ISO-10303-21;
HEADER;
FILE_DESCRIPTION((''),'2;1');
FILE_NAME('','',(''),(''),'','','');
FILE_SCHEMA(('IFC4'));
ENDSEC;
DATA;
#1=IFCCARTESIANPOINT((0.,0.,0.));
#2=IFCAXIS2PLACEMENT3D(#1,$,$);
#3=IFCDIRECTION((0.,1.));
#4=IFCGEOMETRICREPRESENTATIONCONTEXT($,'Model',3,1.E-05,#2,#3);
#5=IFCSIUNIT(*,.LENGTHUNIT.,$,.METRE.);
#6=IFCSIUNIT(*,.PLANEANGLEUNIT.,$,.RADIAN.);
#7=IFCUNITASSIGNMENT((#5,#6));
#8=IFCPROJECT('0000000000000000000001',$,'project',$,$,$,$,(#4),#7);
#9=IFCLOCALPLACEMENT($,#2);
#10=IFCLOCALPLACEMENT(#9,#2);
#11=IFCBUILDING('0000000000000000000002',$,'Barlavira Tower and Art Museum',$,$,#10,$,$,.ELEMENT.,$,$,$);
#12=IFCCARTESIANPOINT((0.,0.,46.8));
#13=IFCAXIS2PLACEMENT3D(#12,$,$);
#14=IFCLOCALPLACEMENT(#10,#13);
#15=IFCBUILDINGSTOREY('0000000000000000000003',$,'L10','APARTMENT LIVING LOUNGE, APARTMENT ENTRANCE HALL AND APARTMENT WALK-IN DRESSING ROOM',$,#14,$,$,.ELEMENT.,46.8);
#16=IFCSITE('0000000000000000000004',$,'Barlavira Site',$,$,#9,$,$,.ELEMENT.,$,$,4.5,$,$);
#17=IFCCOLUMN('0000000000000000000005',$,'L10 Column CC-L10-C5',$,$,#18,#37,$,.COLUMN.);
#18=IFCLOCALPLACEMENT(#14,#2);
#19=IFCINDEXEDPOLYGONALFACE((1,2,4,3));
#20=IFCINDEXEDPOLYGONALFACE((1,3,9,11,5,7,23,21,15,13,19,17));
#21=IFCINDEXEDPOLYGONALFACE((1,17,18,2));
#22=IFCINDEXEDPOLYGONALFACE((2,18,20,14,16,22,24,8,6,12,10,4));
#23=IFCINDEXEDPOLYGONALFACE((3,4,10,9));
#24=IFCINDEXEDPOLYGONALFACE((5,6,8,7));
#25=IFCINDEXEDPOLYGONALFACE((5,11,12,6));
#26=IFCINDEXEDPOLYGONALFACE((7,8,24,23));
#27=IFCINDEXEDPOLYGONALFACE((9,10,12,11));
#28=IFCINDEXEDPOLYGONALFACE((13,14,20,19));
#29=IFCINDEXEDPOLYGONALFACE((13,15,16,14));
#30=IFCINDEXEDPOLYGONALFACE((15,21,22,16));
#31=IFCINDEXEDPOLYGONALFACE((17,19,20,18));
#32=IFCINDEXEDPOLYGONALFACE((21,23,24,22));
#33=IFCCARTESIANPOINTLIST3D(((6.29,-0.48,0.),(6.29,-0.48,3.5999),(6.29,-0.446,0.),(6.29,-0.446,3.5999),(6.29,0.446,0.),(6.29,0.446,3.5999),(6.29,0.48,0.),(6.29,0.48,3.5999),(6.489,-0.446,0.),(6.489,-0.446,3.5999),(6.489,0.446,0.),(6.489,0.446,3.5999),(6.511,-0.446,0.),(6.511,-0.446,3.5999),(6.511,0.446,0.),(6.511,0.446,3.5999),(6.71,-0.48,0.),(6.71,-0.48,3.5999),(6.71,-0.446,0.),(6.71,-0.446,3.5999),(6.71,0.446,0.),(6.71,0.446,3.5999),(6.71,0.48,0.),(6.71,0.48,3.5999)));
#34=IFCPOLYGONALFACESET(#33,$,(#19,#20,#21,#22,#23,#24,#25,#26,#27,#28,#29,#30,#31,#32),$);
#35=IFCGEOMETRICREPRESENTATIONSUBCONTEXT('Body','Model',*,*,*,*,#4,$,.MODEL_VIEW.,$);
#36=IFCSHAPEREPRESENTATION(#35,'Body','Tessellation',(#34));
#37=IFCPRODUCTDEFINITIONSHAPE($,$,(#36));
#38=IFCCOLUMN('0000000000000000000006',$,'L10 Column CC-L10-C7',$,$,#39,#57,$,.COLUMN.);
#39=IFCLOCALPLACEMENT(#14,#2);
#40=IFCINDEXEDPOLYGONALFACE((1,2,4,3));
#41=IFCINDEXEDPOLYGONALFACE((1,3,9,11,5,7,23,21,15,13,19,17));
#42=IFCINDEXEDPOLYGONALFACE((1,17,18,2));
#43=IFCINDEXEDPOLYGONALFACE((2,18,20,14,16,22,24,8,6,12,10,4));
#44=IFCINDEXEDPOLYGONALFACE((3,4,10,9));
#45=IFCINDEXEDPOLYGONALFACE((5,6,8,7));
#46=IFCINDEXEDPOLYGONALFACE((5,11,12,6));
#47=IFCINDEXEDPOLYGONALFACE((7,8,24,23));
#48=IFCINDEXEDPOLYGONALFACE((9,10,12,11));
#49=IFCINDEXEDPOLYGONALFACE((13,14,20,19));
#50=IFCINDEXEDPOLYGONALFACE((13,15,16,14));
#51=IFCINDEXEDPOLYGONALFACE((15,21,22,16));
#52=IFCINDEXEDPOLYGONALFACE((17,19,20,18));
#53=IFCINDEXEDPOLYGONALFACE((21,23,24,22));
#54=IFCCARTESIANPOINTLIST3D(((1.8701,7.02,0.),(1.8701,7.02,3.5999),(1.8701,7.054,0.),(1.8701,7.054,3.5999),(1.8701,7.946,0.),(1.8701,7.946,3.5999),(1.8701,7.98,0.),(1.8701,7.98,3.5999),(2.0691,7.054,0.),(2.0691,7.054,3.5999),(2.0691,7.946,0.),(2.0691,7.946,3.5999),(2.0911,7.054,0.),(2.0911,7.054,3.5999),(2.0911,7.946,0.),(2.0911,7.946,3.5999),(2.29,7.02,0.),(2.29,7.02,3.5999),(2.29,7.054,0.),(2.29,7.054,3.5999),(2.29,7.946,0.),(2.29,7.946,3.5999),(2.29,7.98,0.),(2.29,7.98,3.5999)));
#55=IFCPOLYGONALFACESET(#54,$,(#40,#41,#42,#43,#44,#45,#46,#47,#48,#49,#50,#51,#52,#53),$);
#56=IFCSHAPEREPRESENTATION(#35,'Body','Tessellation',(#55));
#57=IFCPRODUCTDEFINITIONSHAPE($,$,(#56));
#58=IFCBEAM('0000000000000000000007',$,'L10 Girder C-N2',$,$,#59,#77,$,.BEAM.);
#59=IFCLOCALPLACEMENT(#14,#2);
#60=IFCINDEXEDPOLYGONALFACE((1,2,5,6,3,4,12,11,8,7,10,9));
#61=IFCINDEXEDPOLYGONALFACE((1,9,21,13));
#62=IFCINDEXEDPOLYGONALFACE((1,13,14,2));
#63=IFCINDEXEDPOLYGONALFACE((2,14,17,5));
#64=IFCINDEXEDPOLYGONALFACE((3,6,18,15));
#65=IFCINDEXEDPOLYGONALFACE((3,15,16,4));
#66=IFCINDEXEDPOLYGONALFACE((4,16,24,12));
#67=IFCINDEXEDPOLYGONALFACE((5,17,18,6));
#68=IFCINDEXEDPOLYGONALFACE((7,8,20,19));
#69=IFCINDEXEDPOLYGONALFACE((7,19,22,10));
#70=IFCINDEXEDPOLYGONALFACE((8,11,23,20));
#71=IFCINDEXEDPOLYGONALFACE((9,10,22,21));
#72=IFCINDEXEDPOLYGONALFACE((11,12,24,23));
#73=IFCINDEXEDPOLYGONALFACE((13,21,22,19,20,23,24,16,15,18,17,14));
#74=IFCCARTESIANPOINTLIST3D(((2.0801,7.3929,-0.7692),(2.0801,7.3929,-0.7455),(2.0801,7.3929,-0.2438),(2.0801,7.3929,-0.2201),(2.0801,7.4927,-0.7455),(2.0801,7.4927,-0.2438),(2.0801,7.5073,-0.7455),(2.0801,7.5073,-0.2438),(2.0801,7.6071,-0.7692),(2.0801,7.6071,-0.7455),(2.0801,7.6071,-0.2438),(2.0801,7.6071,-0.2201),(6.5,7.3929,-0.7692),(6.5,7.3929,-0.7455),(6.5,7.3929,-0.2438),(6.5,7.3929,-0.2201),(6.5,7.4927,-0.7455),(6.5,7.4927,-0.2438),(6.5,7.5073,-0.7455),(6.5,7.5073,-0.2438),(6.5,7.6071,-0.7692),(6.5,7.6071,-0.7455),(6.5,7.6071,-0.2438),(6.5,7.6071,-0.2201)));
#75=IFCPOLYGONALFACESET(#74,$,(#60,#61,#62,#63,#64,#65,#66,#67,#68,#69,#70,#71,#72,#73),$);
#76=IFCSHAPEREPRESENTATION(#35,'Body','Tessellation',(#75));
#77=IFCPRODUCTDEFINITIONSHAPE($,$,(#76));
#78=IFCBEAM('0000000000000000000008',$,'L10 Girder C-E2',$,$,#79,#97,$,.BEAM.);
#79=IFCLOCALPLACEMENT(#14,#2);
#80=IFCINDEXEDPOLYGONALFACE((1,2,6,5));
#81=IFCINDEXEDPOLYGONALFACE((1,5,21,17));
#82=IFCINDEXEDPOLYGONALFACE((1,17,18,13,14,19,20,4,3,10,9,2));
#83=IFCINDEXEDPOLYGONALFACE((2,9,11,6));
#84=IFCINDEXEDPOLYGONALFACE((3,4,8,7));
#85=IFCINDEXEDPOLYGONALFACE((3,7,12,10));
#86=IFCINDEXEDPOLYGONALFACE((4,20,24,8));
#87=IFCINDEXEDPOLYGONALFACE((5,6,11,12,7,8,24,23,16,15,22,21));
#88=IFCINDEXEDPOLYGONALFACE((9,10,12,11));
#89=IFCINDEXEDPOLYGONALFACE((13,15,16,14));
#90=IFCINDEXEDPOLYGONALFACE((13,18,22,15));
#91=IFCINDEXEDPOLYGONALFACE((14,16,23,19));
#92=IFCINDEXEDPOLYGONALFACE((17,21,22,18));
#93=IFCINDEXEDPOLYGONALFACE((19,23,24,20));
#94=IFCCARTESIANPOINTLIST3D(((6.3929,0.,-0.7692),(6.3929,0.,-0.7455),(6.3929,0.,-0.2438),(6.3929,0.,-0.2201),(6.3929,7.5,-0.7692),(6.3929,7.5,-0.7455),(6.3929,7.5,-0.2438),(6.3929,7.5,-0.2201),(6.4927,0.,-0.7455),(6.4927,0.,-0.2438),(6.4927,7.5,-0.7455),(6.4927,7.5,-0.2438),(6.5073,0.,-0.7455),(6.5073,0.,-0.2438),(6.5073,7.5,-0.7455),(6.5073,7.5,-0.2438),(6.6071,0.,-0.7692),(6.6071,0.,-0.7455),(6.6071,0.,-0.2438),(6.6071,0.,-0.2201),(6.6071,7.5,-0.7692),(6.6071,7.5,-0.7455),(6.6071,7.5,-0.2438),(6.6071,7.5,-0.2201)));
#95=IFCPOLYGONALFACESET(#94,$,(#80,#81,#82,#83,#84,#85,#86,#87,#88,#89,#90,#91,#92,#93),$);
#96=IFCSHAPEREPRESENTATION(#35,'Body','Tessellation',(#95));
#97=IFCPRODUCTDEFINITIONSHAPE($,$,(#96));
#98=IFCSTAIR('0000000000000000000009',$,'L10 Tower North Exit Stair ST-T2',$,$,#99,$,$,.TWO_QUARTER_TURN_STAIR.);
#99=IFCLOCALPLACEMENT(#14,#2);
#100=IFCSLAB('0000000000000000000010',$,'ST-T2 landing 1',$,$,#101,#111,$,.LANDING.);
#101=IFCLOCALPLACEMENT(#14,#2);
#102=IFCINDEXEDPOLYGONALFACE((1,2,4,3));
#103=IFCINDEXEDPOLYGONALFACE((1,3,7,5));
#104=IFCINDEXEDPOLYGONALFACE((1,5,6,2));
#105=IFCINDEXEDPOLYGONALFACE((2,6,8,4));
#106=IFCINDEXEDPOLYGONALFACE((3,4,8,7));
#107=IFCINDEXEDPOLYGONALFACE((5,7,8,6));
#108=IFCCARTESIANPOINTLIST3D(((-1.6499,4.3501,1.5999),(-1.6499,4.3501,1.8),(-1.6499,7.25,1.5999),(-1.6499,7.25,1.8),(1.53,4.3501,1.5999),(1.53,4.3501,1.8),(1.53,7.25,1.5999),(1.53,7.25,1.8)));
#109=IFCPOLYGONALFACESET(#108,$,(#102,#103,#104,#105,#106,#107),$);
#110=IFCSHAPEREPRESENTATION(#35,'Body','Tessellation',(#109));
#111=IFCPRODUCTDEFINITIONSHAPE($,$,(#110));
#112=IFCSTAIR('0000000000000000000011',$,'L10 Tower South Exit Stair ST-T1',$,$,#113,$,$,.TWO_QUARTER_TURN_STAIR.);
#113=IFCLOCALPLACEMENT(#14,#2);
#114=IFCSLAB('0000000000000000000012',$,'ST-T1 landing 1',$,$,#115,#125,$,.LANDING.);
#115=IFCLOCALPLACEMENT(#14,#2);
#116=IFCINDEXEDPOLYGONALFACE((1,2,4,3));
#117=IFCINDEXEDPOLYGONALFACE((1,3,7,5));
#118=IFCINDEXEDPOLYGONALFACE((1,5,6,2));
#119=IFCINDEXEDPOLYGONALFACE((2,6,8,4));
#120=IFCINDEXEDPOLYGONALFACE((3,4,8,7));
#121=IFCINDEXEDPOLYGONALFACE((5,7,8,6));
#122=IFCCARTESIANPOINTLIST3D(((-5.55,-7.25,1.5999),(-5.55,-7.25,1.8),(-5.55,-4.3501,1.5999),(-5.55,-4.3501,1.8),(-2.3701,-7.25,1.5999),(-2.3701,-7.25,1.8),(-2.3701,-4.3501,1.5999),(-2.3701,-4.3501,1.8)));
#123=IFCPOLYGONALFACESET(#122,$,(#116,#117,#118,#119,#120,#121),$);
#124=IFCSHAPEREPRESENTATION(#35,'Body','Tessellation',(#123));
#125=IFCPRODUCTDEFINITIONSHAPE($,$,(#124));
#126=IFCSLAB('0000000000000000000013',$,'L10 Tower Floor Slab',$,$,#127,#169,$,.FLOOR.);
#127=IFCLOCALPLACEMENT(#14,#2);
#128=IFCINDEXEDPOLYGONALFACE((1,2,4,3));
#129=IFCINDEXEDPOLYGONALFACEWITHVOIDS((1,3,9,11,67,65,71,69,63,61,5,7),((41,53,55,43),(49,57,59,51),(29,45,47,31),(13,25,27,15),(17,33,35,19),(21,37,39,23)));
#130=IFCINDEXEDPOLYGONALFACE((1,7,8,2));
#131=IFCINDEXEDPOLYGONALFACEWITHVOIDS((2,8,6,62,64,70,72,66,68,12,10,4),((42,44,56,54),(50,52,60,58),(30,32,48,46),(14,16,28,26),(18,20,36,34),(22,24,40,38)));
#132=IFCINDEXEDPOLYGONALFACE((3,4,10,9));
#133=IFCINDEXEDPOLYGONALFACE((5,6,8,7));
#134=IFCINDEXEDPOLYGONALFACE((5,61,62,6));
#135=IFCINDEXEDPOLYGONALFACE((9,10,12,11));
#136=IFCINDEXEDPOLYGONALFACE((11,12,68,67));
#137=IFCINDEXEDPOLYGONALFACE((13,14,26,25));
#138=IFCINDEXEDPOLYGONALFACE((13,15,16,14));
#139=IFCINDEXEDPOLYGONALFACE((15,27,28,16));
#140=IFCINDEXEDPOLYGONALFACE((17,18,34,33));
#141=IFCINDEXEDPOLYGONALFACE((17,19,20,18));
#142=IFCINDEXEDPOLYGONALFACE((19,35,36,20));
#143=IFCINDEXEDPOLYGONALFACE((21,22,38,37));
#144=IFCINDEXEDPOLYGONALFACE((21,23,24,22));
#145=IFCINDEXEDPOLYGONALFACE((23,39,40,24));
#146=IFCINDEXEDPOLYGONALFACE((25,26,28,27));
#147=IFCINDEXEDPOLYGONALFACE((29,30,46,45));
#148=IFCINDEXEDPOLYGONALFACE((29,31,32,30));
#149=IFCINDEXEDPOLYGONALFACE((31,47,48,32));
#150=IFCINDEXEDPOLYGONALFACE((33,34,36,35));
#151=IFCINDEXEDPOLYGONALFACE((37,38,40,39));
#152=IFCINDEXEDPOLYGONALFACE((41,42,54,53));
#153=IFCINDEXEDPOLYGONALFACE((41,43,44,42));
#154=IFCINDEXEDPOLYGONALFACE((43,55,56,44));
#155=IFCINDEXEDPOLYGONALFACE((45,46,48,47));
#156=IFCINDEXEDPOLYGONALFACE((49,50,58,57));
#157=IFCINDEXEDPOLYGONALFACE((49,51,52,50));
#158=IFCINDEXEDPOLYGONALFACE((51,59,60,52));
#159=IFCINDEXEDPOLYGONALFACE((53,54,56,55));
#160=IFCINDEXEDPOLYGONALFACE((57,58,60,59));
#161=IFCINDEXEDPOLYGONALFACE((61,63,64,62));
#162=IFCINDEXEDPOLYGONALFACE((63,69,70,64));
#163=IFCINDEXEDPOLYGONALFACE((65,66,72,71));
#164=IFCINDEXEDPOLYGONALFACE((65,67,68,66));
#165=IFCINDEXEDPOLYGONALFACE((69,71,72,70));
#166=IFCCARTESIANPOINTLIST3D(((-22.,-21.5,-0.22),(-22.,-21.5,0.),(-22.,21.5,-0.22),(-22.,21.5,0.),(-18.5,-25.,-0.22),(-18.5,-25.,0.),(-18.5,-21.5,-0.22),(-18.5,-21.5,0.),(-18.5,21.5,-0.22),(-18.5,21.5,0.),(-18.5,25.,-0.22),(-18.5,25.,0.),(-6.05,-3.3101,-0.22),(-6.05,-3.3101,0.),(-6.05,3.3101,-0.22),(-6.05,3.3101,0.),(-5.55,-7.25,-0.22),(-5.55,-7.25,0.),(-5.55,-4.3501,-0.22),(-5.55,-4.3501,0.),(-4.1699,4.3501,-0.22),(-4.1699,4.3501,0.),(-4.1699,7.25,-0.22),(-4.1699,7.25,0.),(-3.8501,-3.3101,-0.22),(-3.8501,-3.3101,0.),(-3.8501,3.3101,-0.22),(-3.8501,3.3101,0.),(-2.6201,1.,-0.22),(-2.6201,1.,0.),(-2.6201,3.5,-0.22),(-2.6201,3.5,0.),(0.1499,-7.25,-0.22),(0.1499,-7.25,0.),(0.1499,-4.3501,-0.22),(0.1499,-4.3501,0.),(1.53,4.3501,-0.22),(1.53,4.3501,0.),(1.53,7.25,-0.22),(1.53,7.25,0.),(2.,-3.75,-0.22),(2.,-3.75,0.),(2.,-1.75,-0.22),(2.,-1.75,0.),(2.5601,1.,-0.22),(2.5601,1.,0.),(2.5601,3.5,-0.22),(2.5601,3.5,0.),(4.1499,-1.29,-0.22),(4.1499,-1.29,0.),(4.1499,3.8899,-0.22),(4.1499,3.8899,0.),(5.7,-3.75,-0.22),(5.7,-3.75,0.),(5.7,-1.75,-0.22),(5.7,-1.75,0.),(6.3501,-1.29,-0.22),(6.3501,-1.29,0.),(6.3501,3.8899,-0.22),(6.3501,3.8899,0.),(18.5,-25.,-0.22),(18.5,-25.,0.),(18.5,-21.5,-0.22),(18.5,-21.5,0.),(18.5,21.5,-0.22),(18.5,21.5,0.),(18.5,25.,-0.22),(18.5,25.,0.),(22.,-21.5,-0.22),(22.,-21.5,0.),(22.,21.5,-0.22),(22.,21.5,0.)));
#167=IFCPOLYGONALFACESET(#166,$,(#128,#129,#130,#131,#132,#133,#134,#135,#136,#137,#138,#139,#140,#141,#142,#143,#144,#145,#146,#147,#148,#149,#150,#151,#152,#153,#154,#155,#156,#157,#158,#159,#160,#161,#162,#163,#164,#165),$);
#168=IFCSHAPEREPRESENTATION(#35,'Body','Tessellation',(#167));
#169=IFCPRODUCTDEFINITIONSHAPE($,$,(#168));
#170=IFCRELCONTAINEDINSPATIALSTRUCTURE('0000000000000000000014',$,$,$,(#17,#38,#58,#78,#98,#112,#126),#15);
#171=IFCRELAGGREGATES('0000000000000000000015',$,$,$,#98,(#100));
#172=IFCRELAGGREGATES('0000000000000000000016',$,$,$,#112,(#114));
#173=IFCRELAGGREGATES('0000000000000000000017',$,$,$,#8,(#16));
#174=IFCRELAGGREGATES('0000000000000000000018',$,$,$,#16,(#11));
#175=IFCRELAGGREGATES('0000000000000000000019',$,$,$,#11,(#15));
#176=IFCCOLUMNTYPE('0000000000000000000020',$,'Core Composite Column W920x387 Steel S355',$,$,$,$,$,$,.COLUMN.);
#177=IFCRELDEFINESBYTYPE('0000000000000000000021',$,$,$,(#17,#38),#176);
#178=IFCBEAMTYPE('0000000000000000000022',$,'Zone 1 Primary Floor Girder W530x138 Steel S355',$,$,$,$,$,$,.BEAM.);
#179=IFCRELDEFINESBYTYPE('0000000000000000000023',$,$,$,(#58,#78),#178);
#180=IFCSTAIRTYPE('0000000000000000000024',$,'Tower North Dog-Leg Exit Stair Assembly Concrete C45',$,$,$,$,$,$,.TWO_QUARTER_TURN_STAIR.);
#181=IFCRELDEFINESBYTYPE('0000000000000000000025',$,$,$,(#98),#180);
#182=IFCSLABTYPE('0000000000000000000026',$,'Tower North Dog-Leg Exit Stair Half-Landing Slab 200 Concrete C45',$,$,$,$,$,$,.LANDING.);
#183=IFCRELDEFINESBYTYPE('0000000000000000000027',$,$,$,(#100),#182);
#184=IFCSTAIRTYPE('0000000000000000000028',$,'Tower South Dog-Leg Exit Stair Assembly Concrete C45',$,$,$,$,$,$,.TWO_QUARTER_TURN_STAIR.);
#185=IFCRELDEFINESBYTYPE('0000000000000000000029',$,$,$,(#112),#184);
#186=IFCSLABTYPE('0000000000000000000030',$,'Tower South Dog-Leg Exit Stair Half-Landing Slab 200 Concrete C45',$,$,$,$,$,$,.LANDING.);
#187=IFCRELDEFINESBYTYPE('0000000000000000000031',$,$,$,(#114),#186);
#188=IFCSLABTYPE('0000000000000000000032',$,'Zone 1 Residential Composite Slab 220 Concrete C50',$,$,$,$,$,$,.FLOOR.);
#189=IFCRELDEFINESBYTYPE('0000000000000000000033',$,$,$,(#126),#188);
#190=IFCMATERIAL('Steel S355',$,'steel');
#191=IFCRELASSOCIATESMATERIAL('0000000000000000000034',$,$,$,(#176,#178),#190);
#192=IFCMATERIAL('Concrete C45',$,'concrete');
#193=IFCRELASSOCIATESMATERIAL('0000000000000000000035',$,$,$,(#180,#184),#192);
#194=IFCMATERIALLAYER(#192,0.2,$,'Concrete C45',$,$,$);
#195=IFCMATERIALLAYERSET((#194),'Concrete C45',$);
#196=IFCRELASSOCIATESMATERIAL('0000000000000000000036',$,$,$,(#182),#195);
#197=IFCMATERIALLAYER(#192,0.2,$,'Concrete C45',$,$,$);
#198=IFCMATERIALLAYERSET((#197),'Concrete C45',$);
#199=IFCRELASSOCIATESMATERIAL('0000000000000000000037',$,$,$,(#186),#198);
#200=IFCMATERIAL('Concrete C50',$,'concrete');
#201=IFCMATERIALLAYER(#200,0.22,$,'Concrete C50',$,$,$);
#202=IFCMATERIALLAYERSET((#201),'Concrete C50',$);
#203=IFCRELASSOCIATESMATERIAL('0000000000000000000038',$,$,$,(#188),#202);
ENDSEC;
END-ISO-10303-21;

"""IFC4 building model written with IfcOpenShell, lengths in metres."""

from ifc_helpers import new_model, si_unit, direction, frame, origin, origin_2d, place, context, subcontext, project, spatial, polyline, i_section, outline, extrude, material, layer, layer_set, material_profile, profile_set, type_object, element, aggregate, save


model = new_model("IFC4")

# Units and contexts
model_context = context("Model", 3, precision=1e-05, world=origin(), true_north=direction((0.0, 1.0)))
body_context = subcontext(model_context, "Body", "Model", "MODEL_VIEW")
ifc_project = project(units=[si_unit("LENGTHUNIT", "METRE"), si_unit("PLANEANGLEUNIT", "RADIAN")], contexts=[model_context])

# Site, building, storey
site_placement = place(None, origin())
site = spatial("IfcSite", under=ifc_project, at=site_placement, Name="Barlavira Site", CompositionType="ELEMENT", RefElevation=4.5)
building_placement = place(site_placement, origin())
building = spatial("IfcBuilding", under=site, at=building_placement, Name="Barlavira Tower and Art Museum", CompositionType="ELEMENT")
storey_placement = place(building_placement, frame((0.0, 0.0, 46.8)))
storey = spatial("IfcBuildingStorey", under=building, at=storey_placement, Name="L10", Description="APARTMENT LIVING LOUNGE, APARTMENT ENTRANCE HALL AND APARTMENT WALK-IN DRESSING ROOM", CompositionType="ELEMENT", Elevation=46.8)

# Columns
ifc_material_1 = material(Name="Steel S355", Category="steel")
ifc_material_profile_1 = material_profile(ifc_material_1, i_section(OverallWidth=0.4199, OverallDepth=0.96, WebThickness=0.022, FlangeThickness=0.0339, at=origin_2d()), Name="W920x387.0")
ifc_profile_set_1 = profile_set([ifc_material_profile_1], Name="Steel S355")
column_type = type_object("IfcColumnType", Name="Core Composite Column W920x387 Steel S355", PredefinedType="COLUMN", material=ifc_profile_set_1)
for number, where, z_axis, x_axis, name in (
    (1, (6.5, 0.0, 0.0), (0.0, 0.0, 1.0), (1.0, 0.0, 0.0), "L10 Column CC-L10-C5"),
    (2, (2.0801, 7.5, 0.0), (0.0, 0.0, 1.0), (1.0, 0.0, 0.0), "L10 Column CC-L10-C7"),
):
    element("IfcColumn", number, at=place(storey_placement, frame(where, z_axis=z_axis, x_axis=x_axis)), inside=storey, type_object=column_type, Name=name, PredefinedType="COLUMN", context=body_context, shape_type="SweptSolid", body=[
        extrude(i_section(OverallWidth=0.4199, OverallDepth=0.96, WebThickness=0.022, FlangeThickness=0.0339, at=origin_2d()), origin(), (0.0, 0.0, 1.0), 3.5999),
    ])

# Beams
ifc_material_profile_2 = material_profile(ifc_material_1, i_section(OverallWidth=0.2141, OverallDepth=0.5491, WebThickness=0.0146, FlangeThickness=0.0237, at=origin_2d()), Name="W530x138.0")
ifc_profile_set_2 = profile_set([ifc_material_profile_2], Name="Steel S355")
beam_type = type_object("IfcBeamType", Name="Zone 1 Primary Floor Girder W530x138 Steel S355", PredefinedType="BEAM", material=ifc_profile_set_2)
beam_1_placement = place(storey_placement, frame((2.0801, 7.5, -0.4946), z_axis=(1.0, 0.0, 0.0), x_axis=(0.0, 1.0, 0.0)))
element("IfcBeam", 3, at=beam_1_placement, inside=storey, type_object=beam_type, Name="L10 Girder C-N2", PredefinedType="BEAM", context=body_context, shape_type="SweptSolid", body=[
    extrude(i_section(OverallWidth=0.2141, OverallDepth=0.5491, WebThickness=0.0146, FlangeThickness=0.0237, at=origin_2d()), origin(), (0.0, 0.0, 1.0), 4.4199),
])
beam_2_placement = place(storey_placement, frame((6.5, 0.0, -0.4946), z_axis=(0.0, 1.0, 0.0), x_axis=(-1.0, 0.0, 0.0)))
element("IfcBeam", 4, at=beam_2_placement, inside=storey, type_object=beam_type, Name="L10 Girder C-E2", PredefinedType="BEAM", context=body_context, shape_type="SweptSolid", body=[
    extrude(i_section(OverallWidth=0.2141, OverallDepth=0.5491, WebThickness=0.0146, FlangeThickness=0.0237, at=origin_2d()), origin(), (0.0, 0.0, 1.0), 7.5),
])

# Stairs, slabs
ifc_material_2 = material(Name="Concrete C45", Category="concrete")
stair_type_1 = type_object("IfcStairType", Name="Tower North Dog-Leg Exit Stair Assembly Concrete C45", PredefinedType="TWO_QUARTER_TURN_STAIR", material=ifc_material_2)
stair_1_placement = place(storey_placement, origin())
stair_1 = element("IfcStair", 5, at=stair_1_placement, inside=storey, type_object=stair_type_1, Name="L10 Tower North Exit Stair ST-T2", PredefinedType="TWO_QUARTER_TURN_STAIR")
ifc_layer_1 = layer(ifc_material_2, 0.2, Name="Concrete C45")
ifc_layer_set_1 = layer_set([ifc_layer_1], Name="Concrete C45")
slab_type_1 = type_object("IfcSlabType", Name="Tower North Dog-Leg Exit Stair Half-Landing Slab 200 Concrete C45", PredefinedType="LANDING", material=ifc_layer_set_1)
slab_1_placement = place(storey_placement, frame((0.0, 0.0, 1.5999)))
slab_1 = element("IfcSlab", 6, at=slab_1_placement, type_object=slab_type_1, Name="ST-T2 landing 1", PredefinedType="LANDING", context=body_context, shape_type="SweptSolid", body=[
    extrude(outline(polyline([(-1.6499, 4.3501), (1.53, 4.3501), (1.53, 7.25), (-1.6499, 7.25), (-1.6499, 4.3501)])), origin(), (0.0, 0.0, 1.0), 0.2002),
])
aggregate(stair_1, [slab_1])
stair_type_2 = type_object("IfcStairType", Name="Tower South Dog-Leg Exit Stair Assembly Concrete C45", PredefinedType="TWO_QUARTER_TURN_STAIR", material=ifc_material_2)
stair_2_placement = place(storey_placement, origin())
stair_2 = element("IfcStair", 7, at=stair_2_placement, inside=storey, type_object=stair_type_2, Name="L10 Tower South Exit Stair ST-T1", PredefinedType="TWO_QUARTER_TURN_STAIR")
ifc_layer_2 = layer(ifc_material_2, 0.2, Name="Concrete C45")
ifc_layer_set_2 = layer_set([ifc_layer_2], Name="Concrete C45")
slab_type_2 = type_object("IfcSlabType", Name="Tower South Dog-Leg Exit Stair Half-Landing Slab 200 Concrete C45", PredefinedType="LANDING", material=ifc_layer_set_2)
slab_2_placement = place(storey_placement, frame((0.0, 0.0, 1.5999)))
slab_2 = element("IfcSlab", 8, at=slab_2_placement, type_object=slab_type_2, Name="ST-T1 landing 1", PredefinedType="LANDING", context=body_context, shape_type="SweptSolid", body=[
    extrude(outline(polyline([(-2.3701, -4.3501), (-5.55, -4.3501), (-5.55, -7.25), (-2.3701, -7.25), (-2.3701, -4.3501)])), origin(), (0.0, 0.0, 1.0), 0.2002),
])
aggregate(stair_2, [slab_2])

# Slab
ifc_material_3 = material(Name="Concrete C50", Category="concrete")
ifc_layer_3 = layer(ifc_material_3, 0.22, Name="Concrete C50")
ifc_layer_set_3 = layer_set([ifc_layer_3], Name="Concrete C50")
slab_type_3 = type_object("IfcSlabType", Name="Zone 1 Residential Composite Slab 220 Concrete C50", PredefinedType="FLOOR", material=ifc_layer_set_3)
slab_3_placement = place(storey_placement, frame((0.0, 0.0, -0.22)))
element("IfcSlab", 9, at=slab_3_placement, inside=storey, type_object=slab_type_3, Name="L10 Tower Floor Slab", PredefinedType="FLOOR", context=body_context, shape_type="SweptSolid", body=[
    extrude(outline(polyline([(-18.5, -25.0), (18.5, -25.0), (18.5, -21.5), (22.0, -21.5), (22.0, 21.5), (18.5, 21.5), (18.5, 25.0), (-18.5, 25.0), (-18.5, 21.5), (-22.0, 21.5), (-22.0, -21.5), (-18.5, -21.5), (-18.5, -25.0)]), holes=[polyline([(0.1499, -4.3501), (-5.55, -4.3501), (-5.55, -7.25), (0.1499, -7.25), (0.1499, -4.3501)]), polyline([(-4.1699, 4.3501), (1.53, 4.3501), (1.53, 7.25), (-4.1699, 7.25), (-4.1699, 4.3501)]), polyline([(-6.05, -3.3101), (-3.8501, -3.3101), (-3.8501, 3.3101), (-6.05, 3.3101), (-6.05, -3.3101)]), polyline([(4.1499, -1.29), (6.3501, -1.29), (6.3501, 3.8899), (4.1499, 3.8899), (4.1499, -1.29)]), polyline([(-2.6201, 1.0), (2.5601, 1.0), (2.5601, 3.5), (-2.6201, 3.5), (-2.6201, 1.0)]), polyline([(2.0, -3.75), (5.7, -3.75), (5.7, -1.75), (2.0, -1.75), (2.0, -3.75)])]), origin(), (0.0, 0.0, 1.0), 0.22),
])

save(model, "model.ifc")
